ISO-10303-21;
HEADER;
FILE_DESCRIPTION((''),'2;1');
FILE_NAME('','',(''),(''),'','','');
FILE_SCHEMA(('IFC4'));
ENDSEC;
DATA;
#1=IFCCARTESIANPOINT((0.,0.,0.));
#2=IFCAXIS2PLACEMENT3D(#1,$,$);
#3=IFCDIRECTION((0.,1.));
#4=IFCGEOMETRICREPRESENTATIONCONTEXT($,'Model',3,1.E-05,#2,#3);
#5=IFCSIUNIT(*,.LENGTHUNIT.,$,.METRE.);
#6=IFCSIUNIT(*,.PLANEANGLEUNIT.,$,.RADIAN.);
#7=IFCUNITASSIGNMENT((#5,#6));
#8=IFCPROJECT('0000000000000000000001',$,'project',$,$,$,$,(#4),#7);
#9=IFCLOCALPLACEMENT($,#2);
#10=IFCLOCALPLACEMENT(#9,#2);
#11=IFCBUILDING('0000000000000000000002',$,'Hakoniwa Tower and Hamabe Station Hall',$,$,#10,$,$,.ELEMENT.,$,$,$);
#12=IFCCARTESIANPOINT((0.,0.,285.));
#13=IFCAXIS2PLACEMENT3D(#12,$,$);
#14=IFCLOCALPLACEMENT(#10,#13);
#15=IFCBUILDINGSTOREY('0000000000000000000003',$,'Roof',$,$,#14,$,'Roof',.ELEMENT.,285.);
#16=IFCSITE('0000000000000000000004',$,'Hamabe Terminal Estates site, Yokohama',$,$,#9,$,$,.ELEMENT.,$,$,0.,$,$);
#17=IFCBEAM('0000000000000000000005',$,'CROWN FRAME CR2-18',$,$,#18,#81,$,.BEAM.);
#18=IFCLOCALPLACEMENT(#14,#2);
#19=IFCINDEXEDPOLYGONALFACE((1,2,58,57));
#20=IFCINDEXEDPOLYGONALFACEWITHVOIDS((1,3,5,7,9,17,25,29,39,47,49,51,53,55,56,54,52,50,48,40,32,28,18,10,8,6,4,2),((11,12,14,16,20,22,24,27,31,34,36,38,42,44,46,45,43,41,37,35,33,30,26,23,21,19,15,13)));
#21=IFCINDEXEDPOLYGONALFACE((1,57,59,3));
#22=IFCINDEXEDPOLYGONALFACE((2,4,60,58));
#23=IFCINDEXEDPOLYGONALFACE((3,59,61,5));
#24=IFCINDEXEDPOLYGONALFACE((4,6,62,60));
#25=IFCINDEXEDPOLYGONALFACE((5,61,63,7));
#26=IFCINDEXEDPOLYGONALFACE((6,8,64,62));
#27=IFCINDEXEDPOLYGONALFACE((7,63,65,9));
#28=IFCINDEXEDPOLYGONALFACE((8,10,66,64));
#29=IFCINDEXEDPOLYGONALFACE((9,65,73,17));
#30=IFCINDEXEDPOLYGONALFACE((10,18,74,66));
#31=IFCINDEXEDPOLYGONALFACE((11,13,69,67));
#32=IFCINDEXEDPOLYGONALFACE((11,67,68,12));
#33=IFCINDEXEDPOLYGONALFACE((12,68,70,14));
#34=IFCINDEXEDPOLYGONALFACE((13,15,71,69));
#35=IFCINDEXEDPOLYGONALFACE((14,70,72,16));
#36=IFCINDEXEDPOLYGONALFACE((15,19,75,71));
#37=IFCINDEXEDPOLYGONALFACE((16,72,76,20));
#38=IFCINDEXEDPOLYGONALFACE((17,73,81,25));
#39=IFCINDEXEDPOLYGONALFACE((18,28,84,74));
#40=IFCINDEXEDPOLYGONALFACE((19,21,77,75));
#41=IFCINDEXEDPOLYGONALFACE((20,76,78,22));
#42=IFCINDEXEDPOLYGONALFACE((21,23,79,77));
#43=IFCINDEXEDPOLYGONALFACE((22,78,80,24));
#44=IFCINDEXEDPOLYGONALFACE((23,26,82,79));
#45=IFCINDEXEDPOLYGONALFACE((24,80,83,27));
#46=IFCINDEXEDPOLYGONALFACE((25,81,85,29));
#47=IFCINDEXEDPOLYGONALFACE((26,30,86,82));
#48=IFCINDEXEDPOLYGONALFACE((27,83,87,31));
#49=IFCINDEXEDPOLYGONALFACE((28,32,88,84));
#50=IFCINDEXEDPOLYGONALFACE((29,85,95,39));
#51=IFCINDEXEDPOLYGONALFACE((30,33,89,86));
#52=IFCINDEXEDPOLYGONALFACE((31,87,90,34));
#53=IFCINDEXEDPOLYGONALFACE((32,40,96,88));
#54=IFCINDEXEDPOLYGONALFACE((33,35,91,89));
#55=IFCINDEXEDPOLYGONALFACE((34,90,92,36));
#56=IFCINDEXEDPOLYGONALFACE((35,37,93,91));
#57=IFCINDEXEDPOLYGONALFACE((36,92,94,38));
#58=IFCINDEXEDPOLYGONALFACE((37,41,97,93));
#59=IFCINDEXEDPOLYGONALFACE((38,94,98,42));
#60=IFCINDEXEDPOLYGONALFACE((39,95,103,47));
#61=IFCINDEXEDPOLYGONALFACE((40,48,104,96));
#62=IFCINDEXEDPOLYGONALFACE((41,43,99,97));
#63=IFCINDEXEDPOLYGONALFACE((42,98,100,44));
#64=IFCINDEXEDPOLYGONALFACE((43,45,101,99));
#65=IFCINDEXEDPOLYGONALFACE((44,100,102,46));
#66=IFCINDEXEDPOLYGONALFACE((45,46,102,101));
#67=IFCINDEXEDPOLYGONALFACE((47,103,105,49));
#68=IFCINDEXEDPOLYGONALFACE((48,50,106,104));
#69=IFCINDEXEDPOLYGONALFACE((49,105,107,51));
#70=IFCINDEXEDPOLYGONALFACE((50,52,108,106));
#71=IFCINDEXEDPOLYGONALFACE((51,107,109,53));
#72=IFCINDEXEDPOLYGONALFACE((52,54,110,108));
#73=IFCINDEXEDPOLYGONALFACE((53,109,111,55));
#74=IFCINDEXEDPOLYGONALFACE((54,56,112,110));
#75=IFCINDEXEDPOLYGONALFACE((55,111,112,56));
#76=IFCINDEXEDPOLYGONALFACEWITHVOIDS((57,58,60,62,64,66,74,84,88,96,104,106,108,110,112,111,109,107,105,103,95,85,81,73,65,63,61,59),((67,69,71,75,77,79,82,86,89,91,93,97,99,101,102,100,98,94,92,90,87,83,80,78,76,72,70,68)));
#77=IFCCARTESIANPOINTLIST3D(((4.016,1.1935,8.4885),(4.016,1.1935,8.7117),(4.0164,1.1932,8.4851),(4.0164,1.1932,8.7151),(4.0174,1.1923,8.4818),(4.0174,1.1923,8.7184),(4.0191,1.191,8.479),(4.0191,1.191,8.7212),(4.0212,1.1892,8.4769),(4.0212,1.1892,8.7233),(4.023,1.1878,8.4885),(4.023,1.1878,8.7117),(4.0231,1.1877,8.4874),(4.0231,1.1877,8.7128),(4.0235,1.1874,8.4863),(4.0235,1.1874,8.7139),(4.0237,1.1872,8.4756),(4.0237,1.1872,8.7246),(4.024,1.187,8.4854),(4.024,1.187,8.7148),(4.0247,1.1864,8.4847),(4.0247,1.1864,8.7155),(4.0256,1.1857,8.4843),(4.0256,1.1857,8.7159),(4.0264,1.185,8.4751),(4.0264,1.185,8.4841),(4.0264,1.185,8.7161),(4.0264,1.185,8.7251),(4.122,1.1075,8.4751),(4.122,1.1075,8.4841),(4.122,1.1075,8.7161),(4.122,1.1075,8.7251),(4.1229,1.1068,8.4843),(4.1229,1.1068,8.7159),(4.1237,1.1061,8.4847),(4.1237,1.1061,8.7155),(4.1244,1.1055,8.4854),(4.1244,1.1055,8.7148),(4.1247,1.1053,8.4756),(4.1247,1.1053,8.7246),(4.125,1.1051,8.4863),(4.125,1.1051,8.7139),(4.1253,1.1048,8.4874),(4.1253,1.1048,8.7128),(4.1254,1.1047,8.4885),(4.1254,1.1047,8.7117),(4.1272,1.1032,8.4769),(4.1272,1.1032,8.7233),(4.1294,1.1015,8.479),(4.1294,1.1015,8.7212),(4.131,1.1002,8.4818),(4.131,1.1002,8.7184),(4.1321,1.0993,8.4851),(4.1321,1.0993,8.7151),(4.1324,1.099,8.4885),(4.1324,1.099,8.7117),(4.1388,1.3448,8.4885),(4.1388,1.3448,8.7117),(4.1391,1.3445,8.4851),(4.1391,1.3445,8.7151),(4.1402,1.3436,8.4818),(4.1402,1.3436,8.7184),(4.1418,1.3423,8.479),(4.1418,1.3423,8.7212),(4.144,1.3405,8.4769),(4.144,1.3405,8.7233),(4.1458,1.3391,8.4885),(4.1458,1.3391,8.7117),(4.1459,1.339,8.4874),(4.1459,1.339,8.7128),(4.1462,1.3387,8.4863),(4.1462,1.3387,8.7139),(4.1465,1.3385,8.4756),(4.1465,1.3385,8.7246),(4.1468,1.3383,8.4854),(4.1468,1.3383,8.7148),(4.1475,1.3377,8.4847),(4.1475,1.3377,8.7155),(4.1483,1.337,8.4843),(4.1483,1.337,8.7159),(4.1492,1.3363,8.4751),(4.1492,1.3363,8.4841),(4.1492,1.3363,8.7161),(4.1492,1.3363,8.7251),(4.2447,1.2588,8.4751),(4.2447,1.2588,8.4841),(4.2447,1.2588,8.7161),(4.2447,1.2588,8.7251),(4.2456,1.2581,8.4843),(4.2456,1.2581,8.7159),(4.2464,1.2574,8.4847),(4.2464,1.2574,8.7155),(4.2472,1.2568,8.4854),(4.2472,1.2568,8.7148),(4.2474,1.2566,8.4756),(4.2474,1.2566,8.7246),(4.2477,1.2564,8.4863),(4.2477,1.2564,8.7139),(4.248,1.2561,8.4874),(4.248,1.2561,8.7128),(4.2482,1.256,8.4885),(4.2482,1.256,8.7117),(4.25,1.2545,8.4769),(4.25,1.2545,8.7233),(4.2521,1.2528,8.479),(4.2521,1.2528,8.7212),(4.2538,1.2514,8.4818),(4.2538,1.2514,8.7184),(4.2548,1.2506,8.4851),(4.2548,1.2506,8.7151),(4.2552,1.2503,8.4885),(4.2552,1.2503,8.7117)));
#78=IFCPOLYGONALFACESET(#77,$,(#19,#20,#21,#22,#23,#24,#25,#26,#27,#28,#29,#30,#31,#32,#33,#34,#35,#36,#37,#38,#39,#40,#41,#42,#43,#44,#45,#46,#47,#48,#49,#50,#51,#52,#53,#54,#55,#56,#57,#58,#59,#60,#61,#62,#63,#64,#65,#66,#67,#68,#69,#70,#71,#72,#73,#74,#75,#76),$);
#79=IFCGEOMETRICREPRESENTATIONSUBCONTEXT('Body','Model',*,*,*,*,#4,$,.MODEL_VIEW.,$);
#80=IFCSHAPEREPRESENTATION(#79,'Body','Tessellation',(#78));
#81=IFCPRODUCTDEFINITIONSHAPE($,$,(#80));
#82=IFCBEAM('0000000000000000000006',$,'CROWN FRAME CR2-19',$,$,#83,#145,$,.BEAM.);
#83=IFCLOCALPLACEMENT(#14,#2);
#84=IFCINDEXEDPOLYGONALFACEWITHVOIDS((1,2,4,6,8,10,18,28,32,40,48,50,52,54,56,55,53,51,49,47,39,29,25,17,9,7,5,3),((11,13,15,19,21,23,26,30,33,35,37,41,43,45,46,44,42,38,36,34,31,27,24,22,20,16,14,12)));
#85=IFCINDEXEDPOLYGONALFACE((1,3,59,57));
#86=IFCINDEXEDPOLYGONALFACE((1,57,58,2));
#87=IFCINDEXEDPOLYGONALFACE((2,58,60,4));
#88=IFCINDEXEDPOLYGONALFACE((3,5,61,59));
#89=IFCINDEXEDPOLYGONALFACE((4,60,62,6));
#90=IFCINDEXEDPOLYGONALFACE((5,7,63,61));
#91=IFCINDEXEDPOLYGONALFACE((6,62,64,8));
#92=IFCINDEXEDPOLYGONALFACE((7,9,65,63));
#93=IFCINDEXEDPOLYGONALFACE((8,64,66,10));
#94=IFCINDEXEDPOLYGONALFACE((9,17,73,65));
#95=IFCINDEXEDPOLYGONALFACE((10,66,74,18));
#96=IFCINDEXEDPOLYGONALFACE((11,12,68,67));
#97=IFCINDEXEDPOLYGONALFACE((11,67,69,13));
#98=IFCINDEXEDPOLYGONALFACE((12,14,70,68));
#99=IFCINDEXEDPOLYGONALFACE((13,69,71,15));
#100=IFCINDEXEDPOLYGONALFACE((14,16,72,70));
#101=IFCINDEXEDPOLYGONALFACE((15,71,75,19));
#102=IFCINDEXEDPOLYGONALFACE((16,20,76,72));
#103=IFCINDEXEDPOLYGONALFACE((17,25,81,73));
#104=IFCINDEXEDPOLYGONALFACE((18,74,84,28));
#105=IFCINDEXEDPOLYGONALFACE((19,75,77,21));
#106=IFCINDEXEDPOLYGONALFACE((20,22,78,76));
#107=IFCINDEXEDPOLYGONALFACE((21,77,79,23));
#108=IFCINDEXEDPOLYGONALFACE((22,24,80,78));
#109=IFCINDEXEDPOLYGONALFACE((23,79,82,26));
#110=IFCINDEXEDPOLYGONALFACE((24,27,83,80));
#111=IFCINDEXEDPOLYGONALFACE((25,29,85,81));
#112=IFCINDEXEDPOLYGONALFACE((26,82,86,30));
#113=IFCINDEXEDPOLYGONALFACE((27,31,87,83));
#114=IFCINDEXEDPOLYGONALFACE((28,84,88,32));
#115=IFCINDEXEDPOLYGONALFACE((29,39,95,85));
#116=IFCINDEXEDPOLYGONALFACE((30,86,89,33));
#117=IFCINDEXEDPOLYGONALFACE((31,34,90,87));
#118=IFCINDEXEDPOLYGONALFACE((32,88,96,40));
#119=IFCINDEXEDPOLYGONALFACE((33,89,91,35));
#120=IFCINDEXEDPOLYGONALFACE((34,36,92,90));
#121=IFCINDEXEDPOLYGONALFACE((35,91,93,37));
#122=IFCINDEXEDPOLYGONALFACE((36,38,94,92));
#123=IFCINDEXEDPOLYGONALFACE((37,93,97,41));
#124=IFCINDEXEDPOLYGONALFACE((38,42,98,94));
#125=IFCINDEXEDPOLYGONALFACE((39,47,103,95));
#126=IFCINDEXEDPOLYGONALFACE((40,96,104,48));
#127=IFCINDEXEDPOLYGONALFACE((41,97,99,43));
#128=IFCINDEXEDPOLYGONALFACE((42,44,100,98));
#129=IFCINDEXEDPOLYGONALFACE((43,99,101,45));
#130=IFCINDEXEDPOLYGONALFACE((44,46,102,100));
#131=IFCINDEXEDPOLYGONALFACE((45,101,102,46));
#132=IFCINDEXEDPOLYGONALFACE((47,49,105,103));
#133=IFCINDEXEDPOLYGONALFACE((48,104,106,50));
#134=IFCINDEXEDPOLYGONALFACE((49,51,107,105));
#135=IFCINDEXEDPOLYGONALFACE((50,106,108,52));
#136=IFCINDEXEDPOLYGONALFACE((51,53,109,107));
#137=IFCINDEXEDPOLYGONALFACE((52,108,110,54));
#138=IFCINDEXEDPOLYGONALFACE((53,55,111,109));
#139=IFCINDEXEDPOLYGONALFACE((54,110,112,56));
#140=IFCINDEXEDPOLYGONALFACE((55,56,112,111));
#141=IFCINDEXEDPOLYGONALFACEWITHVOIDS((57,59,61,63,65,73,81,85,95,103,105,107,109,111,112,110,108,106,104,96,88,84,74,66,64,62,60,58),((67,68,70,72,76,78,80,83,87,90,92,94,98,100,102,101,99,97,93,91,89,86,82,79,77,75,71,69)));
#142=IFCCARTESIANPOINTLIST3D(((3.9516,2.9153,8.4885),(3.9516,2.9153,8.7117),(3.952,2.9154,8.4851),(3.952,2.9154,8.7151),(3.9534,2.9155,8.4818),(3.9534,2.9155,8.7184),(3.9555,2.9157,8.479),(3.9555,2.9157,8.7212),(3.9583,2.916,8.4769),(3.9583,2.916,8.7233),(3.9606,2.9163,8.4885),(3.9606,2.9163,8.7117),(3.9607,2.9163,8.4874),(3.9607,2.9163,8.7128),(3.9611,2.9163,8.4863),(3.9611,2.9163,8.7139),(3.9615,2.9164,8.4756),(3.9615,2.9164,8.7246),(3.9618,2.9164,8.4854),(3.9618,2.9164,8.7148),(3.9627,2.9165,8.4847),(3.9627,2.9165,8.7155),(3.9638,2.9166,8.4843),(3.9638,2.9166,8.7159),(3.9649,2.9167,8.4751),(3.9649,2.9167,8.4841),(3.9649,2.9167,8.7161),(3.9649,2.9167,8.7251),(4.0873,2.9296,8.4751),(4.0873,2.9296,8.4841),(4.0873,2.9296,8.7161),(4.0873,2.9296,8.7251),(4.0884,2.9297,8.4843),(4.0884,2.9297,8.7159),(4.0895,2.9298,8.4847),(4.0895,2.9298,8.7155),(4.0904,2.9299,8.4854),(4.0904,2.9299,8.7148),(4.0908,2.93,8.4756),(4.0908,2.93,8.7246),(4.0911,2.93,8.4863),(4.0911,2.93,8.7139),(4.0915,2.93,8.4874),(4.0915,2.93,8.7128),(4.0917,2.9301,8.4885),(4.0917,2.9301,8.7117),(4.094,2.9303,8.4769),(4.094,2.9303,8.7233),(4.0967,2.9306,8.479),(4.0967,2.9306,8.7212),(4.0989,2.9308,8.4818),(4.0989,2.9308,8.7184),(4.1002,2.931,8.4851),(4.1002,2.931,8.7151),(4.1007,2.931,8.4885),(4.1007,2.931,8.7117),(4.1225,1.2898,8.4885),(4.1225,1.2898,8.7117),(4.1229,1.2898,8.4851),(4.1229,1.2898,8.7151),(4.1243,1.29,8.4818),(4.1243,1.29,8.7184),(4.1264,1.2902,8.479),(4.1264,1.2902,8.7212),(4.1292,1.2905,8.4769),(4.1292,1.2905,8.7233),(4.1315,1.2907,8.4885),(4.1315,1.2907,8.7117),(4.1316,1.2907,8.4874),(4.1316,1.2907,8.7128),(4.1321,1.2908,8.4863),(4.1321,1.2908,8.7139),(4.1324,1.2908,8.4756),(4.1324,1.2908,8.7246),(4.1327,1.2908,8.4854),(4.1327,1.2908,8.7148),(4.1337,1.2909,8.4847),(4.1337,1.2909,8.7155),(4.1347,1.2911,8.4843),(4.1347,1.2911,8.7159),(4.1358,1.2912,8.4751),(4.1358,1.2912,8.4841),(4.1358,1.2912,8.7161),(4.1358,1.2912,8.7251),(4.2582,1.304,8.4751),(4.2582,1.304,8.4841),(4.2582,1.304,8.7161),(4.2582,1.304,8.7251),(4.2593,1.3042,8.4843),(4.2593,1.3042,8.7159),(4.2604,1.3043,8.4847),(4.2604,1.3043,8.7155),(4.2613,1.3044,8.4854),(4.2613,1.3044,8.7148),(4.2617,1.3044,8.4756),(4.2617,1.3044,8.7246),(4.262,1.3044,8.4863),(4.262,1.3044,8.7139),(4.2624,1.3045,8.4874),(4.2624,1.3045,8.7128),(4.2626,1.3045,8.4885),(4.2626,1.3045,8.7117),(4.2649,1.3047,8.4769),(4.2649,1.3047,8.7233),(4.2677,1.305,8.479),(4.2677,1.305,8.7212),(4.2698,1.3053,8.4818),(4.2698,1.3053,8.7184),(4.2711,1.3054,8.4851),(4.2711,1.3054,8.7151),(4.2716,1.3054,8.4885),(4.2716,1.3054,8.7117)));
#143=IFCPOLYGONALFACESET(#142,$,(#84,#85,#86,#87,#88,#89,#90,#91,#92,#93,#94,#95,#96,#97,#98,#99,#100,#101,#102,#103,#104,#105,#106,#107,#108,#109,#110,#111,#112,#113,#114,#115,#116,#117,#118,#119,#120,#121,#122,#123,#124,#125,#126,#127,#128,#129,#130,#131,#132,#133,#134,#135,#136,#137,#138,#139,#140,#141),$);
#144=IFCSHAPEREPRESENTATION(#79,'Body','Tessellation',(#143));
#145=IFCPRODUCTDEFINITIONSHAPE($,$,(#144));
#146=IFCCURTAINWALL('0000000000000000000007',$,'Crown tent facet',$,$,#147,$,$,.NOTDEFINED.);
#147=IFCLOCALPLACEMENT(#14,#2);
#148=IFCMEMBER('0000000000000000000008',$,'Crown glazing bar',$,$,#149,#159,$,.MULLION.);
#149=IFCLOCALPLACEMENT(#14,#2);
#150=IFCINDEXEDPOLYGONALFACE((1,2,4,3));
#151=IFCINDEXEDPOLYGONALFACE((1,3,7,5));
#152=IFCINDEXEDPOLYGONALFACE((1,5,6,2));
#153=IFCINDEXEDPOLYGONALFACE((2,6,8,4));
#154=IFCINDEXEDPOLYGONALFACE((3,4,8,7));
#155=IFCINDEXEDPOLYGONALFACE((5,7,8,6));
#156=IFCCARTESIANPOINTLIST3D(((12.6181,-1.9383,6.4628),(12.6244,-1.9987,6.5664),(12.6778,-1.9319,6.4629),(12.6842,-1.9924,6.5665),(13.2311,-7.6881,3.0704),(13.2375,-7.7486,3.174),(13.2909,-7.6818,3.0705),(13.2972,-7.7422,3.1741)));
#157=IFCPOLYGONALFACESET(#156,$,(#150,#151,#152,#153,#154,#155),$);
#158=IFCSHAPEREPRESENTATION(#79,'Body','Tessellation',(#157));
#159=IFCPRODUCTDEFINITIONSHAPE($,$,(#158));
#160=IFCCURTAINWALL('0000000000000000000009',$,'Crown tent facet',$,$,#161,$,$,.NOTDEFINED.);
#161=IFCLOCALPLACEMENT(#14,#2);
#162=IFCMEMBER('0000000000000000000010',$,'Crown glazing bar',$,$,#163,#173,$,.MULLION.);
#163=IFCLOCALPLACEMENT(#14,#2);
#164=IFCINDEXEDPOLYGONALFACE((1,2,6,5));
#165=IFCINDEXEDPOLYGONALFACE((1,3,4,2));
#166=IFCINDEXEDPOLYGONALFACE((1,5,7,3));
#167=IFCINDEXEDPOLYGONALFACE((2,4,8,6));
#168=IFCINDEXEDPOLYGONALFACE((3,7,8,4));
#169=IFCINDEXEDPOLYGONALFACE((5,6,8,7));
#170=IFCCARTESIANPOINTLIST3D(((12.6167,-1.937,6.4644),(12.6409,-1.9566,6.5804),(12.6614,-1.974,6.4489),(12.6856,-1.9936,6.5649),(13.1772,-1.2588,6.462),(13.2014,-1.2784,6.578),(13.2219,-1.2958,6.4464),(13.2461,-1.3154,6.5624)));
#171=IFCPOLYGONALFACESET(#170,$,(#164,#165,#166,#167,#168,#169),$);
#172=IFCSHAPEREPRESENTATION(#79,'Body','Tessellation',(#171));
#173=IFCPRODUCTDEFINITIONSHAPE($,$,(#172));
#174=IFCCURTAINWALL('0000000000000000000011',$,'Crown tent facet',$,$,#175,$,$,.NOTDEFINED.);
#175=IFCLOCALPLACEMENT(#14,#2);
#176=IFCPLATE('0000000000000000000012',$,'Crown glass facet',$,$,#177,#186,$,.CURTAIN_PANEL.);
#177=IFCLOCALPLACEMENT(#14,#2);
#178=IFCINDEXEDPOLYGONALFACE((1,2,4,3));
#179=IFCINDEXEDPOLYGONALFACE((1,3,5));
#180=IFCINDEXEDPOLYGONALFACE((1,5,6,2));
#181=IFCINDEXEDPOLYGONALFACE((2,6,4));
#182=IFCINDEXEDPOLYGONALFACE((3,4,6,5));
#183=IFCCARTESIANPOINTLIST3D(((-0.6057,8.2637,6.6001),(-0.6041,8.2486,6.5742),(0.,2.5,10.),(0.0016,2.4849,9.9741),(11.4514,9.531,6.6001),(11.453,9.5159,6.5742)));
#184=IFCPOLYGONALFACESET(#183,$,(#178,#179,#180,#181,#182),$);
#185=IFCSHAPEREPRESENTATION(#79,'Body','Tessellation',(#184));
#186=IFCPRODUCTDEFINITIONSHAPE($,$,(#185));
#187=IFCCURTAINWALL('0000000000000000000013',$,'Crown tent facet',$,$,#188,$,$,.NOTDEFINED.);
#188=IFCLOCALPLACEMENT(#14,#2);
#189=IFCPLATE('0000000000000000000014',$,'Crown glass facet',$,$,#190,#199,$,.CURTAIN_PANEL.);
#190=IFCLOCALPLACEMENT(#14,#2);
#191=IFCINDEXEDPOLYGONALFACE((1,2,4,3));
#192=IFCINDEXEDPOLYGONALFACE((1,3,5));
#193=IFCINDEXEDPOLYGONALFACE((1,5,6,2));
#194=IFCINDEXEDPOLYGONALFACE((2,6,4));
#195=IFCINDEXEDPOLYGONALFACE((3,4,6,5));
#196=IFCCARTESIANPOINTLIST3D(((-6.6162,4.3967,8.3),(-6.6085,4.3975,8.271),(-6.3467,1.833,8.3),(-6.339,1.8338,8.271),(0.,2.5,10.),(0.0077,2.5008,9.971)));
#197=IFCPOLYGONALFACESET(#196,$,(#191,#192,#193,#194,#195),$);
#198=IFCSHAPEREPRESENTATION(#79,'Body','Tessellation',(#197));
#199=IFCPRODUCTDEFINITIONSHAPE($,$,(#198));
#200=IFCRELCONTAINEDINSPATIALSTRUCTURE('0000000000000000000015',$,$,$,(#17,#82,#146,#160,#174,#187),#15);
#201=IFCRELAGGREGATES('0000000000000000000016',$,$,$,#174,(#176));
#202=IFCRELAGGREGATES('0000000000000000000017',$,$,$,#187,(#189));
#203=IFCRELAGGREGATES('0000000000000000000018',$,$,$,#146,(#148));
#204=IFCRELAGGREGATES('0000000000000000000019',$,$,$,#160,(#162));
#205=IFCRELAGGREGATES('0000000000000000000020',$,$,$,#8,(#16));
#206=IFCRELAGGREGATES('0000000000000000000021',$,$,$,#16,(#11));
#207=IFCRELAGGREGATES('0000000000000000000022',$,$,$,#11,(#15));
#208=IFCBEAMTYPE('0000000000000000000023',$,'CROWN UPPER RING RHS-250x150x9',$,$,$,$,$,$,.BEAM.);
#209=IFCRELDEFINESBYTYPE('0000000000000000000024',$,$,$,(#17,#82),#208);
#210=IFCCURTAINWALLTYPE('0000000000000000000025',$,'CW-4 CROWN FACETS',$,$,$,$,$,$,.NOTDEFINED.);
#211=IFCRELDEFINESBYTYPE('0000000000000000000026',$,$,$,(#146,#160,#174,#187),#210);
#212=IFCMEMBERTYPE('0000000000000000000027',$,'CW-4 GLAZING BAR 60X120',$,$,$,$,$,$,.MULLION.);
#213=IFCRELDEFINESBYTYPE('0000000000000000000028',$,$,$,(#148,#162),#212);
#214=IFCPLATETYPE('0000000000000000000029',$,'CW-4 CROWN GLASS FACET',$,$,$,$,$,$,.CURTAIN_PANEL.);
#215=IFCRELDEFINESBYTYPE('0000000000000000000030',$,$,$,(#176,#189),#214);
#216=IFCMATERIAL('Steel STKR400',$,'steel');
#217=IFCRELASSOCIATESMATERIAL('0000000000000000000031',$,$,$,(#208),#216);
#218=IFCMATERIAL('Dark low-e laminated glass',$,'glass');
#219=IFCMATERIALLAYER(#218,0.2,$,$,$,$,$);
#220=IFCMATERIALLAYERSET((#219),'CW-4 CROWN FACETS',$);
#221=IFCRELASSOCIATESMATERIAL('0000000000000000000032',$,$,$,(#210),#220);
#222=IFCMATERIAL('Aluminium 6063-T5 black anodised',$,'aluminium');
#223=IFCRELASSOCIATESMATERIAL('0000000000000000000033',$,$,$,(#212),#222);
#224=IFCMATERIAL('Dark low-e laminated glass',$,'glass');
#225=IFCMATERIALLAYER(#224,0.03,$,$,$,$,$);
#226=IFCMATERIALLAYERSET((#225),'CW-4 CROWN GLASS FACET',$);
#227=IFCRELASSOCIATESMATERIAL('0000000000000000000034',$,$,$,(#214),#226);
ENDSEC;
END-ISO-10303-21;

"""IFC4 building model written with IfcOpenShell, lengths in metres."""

from ifc_helpers import new_model, si_unit, direction, frame, origin, origin_2d, place, context, subcontext, project, spatial, polyline, rectangle, hollow_rectangle, outline, extrude, material, layer, layer_set, material_profile, profile_set, type_object, element, aggregate, save


model = new_model("IFC4")

# Units and contexts
model_context = context("Model", 3, precision=1e-05, world=origin(), true_north=direction((0.0, 1.0)))
body_context = subcontext(model_context, "Body", "Model", "MODEL_VIEW")
ifc_project = project(units=[si_unit("LENGTHUNIT", "METRE"), si_unit("PLANEANGLEUNIT", "RADIAN")], contexts=[model_context])

# Site, building, storey
site_placement = place(None, origin())
site = spatial("IfcSite", under=ifc_project, at=site_placement, Name="Hamabe Terminal Estates site, Yokohama", CompositionType="ELEMENT", RefElevation=0.0)
building_placement = place(site_placement, origin())
building = spatial("IfcBuilding", under=site, at=building_placement, Name="Hakoniwa Tower and Hamabe Station Hall", CompositionType="ELEMENT")
storey_placement = place(building_placement, frame((0.0, 0.0, 285.0)))
storey = spatial("IfcBuildingStorey", under=building, at=storey_placement, Name="Roof", LongName="Roof", CompositionType="ELEMENT", Elevation=285.0)

# Beams
ifc_material_1 = material(Name="Steel STKR400", Category="steel")
ifc_material_profile_1 = material_profile(ifc_material_1, hollow_rectangle(XDim=0.1499, YDim=0.25, WallThickness=0.009, InnerFilletRadius=0.0044, OuterFilletRadius=0.0134, at=origin_2d()), Name="RHS-250x150x9")
ifc_profile_set_1 = profile_set([ifc_material_profile_1], Name="Steel STKR400")
beam_type = type_object("IfcBeamType", Name="CROWN UPPER RING RHS-250x150x9", PredefinedType="BEAM", material=ifc_profile_set_1)
beam_1_placement = place(storey_placement, frame((4.0742, 1.1462, 8.6001), z_axis=(0.630027, 0.776574, 0.0), x_axis=(-0.776574, 0.630027, 0.0)))
element("IfcBeam", 1, at=beam_1_placement, inside=storey, type_object=beam_type, Name="CROWN FRAME CR2-18", PredefinedType="BEAM", context=body_context, shape_type="SweptSolid", body=[
    extrude(hollow_rectangle(XDim=0.1499, YDim=0.25, WallThickness=0.009, InnerFilletRadius=0.0044, OuterFilletRadius=0.0134, at=origin_2d()), origin(), (0.0, 0.0, 1.0), 0.1948),
])
beam_2_placement = place(storey_placement, frame((4.197, 1.2976, 8.6001), z_axis=(-0.10456, 0.994519, 0.0), x_axis=(-0.994519, -0.10456, 0.0)))
element("IfcBeam", 2, at=beam_2_placement, inside=storey, type_object=beam_type, Name="CROWN FRAME CR2-19", PredefinedType="BEAM", context=body_context, shape_type="SweptSolid", body=[
    extrude(hollow_rectangle(XDim=0.1499, YDim=0.25, WallThickness=0.009, InnerFilletRadius=0.0044, OuterFilletRadius=0.0134, at=origin_2d()), origin(), (0.0, 0.0, 1.0), 1.6345),
])

# Curtain walls, members
ifc_material_2 = material(Name="Dark low-e laminated glass", Category="glass")
ifc_layer_1 = layer(ifc_material_2, 0.2)
ifc_layer_set_1 = layer_set([ifc_layer_1], Name="CW-4 CROWN FACETS")
curtain_wall_type = type_object("IfcCurtainWallType", Name="CW-4 CROWN FACETS", PredefinedType="NOTDEFINED", material=ifc_layer_set_1)
curtain_wall_1_placement = place(storey_placement, origin())
curtain_wall_1 = element("IfcCurtainWall", 3, at=curtain_wall_1_placement, inside=storey, type_object=curtain_wall_type, Name="Crown tent facet", PredefinedType="NOTDEFINED")
ifc_material_3 = material(Name="Aluminium 6063-T5 black anodised", Category="aluminium")
ifc_material_profile_2 = material_profile(ifc_material_3, rectangle(XDim=0.0601, YDim=0.1201, at=origin_2d()), Name="CW-4 GLAZING BAR 60X120")
ifc_profile_set_2 = profile_set([ifc_material_profile_2], Name="Aluminium 6063-T5 black anodised")
member_type_1 = type_object("IfcMemberType", Name="CW-4 GLAZING BAR 60X120", PredefinedType="MULLION", material=ifc_profile_set_2)
member_1_placement = place(storey_placement, frame((12.6511, -1.9653, 6.5146), z_axis=(0.091444, -0.857662, -0.506017), x_axis=(0.994404, 0.105642, 0.000646)))
member_1 = element("IfcMember", 4, at=member_1_placement, type_object=member_type_1, Name="Crown glazing bar", PredefinedType="MULLION", context=body_context, shape_type="SweptSolid", body=[
    extrude(rectangle(XDim=0.0601, YDim=0.1201, at=origin_2d()), origin(), (0.0, 0.0, 1.0), 6.7041),
])
curtain_wall_2_placement = place(storey_placement, origin())
curtain_wall_2 = element("IfcCurtainWall", 5, at=curtain_wall_2_placement, inside=storey, type_object=curtain_wall_type, Name="Crown tent facet", PredefinedType="NOTDEFINED")
member_2_placement = place(storey_placement, frame((12.6511, -1.9653, 6.5146), z_axis=(0.637065, 0.770805, -0.002775), x_axis=(-0.744016, 0.615858, 0.259152)))
member_2 = element("IfcMember", 6, at=member_2_placement, type_object=member_type_1, Name="Crown glazing bar", PredefinedType="MULLION", context=body_context, shape_type="SweptSolid", body=[
    extrude(rectangle(XDim=0.0601, YDim=0.1201, at=origin_2d()), origin(), (0.0, 0.0, 1.0), 0.8799),
])

# Curtain walls, plates
curtain_wall_3_placement = place(storey_placement, origin())
curtain_wall_3 = element("IfcCurtainWall", 7, at=curtain_wall_3_placement, inside=storey, type_object=curtain_wall_type, Name="Crown tent facet", PredefinedType="NOTDEFINED")
ifc_material_4 = material(Name="Dark low-e laminated glass", Category="glass")
ifc_layer_2 = layer(ifc_material_4, 0.03)
ifc_layer_set_2 = layer_set([ifc_layer_2], Name="CW-4 CROWN GLASS FACET")
plate_type = type_object("IfcPlateType", Name="CW-4 CROWN GLASS FACET", PredefinedType="CURTAIN_PANEL", material=ifc_layer_set_2)
plate_1_placement = place(storey_placement, frame((0.0, 2.5, 10.0), z_axis=(-0.052895, 0.503234, 0.86253), x_axis=(-0.090148, 0.857806, -0.506007)))
plate_1 = element("IfcPlate", 8, at=plate_1_placement, type_object=plate_type, Name="Crown glass facet", PredefinedType="CURTAIN_PANEL", context=body_context, shape_type="SweptSolid", body=[
    extrude(outline(polyline([(0.0, 0.0), (6.7191, 0.0), (6.7193, -12.1236), (0.0, 0.0)])), origin(), (0.0, 0.0, -1.0), 0.03),
])
aggregate(curtain_wall_3, [plate_1])
curtain_wall_4_placement = place(storey_placement, origin())
curtain_wall_4 = element("IfcCurtainWall", 9, at=curtain_wall_4_placement, inside=storey, type_object=curtain_wall_type, Name="Crown tent facet", PredefinedType="NOTDEFINED")
plate_2_placement = place(storey_placement, frame((0.0, 2.5, 10.0), z_axis=(-0.255995, -0.026913, 0.966303), x_axis=(-0.961011, -0.100996, -0.257406)))
plate_2 = element("IfcPlate", 10, at=plate_2_placement, type_object=plate_type, Name="Crown glass facet", PredefinedType="CURTAIN_PANEL", context=body_context, shape_type="SweptSolid", body=[
    extrude(outline(polyline([(0.0, 0.0), (6.6042, 0.0), (6.6043, -2.5779), (0.0, 0.0)])), origin(), (0.0, 0.0, -1.0), 0.03),
])
aggregate(curtain_wall_4, [plate_2])

aggregate(curtain_wall_1, [member_1])

aggregate(curtain_wall_2, [member_2])

save(model, "model.ifc")
